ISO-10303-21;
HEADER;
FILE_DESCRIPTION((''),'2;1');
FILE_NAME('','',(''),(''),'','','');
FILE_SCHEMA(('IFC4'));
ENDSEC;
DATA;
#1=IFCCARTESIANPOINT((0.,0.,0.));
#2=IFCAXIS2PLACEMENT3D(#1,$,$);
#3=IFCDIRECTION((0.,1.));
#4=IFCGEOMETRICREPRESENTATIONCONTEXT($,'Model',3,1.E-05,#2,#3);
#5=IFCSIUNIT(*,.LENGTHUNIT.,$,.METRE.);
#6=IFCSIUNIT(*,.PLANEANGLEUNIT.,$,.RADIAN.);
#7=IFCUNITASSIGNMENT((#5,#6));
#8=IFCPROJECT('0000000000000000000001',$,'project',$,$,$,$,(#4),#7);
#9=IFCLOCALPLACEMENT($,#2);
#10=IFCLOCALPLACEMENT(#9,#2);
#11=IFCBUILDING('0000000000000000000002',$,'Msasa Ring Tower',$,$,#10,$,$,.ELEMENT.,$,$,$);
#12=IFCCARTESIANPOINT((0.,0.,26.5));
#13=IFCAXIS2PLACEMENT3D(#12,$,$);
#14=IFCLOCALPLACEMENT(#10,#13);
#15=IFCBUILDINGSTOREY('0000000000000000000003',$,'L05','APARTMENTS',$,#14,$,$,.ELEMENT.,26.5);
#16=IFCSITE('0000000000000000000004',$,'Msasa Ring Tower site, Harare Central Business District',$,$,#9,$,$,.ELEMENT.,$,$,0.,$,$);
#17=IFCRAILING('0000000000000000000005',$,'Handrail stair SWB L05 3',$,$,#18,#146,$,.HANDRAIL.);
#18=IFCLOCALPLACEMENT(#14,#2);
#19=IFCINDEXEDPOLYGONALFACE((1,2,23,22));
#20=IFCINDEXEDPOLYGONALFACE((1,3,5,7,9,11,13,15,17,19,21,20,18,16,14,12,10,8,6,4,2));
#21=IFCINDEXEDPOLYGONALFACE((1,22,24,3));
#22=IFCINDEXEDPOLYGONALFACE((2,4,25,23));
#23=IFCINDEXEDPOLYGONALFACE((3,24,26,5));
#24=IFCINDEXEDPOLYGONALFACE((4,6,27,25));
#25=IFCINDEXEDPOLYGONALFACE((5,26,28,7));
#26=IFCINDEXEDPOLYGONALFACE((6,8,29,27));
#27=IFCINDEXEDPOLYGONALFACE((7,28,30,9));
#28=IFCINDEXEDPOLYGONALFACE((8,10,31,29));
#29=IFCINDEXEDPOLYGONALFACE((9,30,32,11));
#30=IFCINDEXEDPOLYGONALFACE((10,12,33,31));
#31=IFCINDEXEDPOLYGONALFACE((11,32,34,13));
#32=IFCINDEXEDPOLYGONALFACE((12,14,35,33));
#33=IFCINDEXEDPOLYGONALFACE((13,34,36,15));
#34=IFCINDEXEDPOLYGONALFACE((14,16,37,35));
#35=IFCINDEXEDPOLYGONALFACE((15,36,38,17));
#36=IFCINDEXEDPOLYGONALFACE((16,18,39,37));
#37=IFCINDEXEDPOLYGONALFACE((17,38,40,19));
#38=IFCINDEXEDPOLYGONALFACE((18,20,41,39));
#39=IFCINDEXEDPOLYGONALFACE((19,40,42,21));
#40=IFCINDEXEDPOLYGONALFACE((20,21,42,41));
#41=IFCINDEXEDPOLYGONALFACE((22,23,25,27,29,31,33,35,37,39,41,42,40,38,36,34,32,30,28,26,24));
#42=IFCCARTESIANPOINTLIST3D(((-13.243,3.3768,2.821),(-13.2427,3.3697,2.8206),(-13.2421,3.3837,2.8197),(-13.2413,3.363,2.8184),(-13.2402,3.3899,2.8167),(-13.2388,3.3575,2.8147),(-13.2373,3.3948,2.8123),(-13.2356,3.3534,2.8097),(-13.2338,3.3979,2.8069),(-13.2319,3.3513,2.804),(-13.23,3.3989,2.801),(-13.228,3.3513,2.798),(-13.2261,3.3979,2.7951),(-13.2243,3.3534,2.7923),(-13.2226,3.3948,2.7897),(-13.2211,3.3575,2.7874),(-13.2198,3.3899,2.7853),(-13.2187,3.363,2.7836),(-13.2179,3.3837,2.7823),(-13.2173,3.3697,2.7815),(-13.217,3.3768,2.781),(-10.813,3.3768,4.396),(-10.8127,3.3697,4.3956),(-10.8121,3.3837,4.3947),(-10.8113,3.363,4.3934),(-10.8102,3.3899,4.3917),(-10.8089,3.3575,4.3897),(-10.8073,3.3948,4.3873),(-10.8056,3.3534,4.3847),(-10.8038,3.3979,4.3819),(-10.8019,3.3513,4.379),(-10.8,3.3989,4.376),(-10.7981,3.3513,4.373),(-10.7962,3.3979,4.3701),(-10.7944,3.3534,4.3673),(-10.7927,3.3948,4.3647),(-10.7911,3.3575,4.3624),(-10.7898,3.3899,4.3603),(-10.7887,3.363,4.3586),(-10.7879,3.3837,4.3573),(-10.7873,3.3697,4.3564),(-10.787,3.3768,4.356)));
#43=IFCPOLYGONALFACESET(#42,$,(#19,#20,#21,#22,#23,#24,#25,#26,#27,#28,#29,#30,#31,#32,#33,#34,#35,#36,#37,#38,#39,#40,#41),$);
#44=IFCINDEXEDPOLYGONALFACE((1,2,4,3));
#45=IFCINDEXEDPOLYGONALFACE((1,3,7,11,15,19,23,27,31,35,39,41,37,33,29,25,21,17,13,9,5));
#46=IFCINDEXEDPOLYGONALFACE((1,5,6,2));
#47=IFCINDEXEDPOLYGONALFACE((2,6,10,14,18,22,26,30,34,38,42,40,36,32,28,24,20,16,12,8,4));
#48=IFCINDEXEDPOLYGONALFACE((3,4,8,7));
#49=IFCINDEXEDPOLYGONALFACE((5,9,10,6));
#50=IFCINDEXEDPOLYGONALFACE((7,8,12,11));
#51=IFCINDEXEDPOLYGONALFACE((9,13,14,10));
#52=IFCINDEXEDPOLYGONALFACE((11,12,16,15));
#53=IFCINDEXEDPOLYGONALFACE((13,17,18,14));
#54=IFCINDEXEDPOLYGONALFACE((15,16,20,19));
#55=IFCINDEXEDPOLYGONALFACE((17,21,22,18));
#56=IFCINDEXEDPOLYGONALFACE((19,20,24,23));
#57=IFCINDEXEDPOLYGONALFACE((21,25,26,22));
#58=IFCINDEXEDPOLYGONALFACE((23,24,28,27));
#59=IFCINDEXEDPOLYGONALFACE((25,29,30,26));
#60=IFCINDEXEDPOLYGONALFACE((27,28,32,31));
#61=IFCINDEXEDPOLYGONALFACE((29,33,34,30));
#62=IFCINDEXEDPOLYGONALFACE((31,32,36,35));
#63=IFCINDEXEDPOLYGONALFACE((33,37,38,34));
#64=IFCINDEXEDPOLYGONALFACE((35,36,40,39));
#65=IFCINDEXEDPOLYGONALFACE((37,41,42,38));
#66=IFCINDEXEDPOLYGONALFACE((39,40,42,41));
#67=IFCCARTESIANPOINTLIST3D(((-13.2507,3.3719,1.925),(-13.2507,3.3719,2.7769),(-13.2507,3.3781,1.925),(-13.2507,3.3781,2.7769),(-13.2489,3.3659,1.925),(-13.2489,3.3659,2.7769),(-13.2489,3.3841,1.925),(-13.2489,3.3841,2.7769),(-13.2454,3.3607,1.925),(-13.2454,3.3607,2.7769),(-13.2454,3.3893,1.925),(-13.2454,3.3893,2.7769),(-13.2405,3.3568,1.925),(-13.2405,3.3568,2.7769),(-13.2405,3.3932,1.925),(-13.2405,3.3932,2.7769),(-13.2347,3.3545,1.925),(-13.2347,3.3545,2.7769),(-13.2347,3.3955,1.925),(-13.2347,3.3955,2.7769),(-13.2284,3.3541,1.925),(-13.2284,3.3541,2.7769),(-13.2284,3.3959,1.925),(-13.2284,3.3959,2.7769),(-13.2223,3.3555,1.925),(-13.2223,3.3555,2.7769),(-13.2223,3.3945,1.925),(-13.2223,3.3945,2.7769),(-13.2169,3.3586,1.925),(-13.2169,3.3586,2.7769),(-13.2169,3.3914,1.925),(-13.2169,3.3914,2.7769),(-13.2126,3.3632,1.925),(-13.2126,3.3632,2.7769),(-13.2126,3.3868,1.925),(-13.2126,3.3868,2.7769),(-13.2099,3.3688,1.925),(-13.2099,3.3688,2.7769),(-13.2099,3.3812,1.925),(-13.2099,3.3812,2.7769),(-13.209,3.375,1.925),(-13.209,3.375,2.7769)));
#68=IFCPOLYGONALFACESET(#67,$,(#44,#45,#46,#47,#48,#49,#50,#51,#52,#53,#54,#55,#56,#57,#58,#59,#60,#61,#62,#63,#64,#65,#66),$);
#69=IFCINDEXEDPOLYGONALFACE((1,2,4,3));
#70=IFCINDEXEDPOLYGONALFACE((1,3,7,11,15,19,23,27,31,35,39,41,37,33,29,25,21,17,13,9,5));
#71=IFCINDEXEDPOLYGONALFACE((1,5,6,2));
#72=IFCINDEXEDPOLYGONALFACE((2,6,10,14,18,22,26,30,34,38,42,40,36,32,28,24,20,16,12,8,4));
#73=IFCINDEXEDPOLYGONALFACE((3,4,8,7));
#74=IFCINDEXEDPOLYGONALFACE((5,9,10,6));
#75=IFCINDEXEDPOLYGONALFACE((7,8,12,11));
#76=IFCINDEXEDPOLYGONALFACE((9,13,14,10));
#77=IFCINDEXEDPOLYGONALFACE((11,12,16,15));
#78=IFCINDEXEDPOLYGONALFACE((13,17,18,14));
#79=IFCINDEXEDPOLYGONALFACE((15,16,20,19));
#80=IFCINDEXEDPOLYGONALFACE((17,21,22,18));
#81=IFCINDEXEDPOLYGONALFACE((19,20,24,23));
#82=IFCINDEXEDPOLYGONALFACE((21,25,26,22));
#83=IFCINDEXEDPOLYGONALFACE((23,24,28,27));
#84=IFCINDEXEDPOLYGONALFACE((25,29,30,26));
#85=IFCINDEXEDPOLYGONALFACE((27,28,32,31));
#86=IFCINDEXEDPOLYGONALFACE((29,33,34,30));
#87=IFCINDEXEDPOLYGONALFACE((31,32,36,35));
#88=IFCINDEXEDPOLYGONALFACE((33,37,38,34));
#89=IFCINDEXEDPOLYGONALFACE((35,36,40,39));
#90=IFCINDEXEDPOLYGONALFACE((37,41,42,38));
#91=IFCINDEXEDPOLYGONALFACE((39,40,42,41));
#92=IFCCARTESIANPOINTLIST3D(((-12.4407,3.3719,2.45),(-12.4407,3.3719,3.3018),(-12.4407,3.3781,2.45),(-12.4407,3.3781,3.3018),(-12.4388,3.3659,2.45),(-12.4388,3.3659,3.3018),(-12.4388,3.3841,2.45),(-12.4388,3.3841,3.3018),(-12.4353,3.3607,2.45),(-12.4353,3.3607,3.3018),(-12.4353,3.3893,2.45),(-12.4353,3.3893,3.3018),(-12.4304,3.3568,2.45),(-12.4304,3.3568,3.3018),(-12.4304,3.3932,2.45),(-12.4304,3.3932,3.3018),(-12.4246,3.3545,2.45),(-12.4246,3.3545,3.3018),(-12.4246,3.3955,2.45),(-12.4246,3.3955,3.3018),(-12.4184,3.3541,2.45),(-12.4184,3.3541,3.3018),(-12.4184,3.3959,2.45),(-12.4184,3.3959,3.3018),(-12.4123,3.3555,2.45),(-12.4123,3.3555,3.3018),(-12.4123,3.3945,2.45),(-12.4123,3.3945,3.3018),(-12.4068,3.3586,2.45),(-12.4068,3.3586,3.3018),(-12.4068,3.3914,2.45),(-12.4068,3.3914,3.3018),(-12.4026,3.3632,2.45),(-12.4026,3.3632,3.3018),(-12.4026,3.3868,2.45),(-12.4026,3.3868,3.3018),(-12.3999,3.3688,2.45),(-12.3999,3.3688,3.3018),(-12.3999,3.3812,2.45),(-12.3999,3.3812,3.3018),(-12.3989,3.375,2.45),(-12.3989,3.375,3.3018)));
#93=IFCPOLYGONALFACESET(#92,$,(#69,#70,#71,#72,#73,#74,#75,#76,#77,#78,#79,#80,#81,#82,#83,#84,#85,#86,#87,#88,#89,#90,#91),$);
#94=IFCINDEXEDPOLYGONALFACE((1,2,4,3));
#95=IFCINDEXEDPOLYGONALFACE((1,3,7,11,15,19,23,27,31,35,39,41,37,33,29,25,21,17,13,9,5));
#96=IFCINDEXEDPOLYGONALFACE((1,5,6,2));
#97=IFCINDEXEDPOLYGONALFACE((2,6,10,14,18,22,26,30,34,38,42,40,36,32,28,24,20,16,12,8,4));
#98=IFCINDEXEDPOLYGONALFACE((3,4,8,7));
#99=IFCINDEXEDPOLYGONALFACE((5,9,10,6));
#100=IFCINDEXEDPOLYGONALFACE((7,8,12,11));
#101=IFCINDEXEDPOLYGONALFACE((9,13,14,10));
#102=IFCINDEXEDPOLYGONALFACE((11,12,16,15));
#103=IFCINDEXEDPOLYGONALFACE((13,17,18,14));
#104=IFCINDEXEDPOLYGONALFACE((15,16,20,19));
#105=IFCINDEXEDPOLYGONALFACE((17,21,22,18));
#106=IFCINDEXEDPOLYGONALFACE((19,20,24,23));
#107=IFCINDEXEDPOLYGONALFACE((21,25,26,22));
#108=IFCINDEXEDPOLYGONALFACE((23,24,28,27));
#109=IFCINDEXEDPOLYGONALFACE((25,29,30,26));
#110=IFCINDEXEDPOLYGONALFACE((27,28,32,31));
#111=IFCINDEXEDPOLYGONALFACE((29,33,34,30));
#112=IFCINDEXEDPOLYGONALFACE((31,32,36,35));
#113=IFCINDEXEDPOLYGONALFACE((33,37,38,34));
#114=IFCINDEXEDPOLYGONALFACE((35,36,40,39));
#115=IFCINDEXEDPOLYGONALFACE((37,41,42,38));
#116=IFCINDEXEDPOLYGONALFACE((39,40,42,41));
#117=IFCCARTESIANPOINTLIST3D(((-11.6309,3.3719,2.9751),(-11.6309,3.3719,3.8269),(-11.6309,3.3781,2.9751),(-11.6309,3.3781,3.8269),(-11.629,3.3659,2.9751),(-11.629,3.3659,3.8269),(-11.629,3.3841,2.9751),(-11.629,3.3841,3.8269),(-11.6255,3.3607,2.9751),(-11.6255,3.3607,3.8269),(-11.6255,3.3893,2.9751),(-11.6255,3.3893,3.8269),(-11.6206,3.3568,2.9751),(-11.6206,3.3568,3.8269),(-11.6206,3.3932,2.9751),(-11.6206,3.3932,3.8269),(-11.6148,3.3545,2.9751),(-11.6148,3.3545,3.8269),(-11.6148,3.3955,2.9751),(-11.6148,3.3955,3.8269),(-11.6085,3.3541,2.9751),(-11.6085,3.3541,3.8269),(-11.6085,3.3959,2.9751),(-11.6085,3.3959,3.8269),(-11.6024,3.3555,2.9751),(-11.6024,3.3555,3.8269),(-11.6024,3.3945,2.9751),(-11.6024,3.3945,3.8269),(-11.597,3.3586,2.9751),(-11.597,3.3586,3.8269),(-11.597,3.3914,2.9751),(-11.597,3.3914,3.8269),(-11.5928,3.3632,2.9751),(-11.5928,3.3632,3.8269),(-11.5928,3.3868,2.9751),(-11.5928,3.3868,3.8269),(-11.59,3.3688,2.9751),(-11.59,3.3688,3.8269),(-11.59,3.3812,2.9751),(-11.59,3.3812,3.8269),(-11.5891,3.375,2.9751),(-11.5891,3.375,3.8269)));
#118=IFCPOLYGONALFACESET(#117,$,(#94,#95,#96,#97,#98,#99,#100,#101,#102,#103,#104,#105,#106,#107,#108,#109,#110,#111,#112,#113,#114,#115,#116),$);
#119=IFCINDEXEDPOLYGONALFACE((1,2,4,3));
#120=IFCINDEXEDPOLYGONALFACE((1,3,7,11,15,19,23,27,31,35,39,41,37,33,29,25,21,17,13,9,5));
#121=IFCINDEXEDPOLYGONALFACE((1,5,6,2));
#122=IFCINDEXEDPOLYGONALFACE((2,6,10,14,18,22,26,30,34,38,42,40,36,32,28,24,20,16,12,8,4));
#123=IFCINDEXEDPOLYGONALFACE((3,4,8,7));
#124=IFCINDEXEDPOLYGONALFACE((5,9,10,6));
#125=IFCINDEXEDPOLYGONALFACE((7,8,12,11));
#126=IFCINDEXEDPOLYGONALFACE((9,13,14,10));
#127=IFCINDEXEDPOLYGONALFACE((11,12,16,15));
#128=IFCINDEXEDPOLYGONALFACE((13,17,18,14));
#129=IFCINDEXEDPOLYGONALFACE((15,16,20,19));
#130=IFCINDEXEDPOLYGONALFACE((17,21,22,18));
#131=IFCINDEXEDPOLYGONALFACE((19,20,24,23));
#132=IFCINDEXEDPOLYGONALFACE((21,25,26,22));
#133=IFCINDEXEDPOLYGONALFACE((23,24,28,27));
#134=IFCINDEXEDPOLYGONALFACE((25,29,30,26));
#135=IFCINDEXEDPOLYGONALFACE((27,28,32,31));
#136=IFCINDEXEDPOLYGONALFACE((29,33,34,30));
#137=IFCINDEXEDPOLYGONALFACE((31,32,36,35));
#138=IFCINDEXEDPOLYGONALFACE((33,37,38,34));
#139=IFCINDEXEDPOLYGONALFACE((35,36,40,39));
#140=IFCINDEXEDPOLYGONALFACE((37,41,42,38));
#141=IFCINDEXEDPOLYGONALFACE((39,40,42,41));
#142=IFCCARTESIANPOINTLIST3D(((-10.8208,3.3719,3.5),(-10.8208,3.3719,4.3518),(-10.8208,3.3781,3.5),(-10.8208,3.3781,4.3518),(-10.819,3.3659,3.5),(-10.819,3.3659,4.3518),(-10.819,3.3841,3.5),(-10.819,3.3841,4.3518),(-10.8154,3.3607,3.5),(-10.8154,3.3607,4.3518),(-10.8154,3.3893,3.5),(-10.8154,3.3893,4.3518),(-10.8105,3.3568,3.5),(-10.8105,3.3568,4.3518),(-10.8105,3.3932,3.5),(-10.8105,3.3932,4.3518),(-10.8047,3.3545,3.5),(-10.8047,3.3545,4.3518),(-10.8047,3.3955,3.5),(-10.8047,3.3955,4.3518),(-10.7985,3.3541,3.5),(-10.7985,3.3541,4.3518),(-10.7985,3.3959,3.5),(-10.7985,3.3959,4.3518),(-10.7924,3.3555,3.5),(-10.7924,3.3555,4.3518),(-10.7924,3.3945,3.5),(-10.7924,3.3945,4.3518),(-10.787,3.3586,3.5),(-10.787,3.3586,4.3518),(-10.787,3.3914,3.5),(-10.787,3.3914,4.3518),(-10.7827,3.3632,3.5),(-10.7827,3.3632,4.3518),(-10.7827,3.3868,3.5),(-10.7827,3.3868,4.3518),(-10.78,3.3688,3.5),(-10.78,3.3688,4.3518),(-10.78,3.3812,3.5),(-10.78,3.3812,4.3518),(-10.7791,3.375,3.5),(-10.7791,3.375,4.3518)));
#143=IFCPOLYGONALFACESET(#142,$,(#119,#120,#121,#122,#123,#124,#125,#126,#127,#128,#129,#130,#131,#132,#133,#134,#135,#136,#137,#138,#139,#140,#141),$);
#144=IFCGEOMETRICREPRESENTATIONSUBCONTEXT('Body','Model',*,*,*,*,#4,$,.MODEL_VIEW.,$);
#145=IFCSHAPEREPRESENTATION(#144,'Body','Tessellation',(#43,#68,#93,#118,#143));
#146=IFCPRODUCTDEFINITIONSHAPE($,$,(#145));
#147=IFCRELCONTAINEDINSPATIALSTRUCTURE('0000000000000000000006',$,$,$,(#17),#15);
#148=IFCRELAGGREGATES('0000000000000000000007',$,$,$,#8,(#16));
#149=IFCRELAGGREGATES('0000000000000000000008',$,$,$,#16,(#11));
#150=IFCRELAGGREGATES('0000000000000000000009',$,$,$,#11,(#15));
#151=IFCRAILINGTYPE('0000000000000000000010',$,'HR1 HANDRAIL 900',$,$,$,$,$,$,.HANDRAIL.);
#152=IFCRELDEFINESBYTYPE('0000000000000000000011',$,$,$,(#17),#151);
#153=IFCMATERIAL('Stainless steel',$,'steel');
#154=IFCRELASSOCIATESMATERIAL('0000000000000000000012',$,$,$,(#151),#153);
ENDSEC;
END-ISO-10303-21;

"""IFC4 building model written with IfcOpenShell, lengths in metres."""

from ifc_helpers import new_model, si_unit, direction, frame, origin, origin_2d, place, context, subcontext, project, spatial, circle, extrude, material, type_object, element, save


model = new_model("IFC4")

# Units and contexts
model_context = context("Model", 3, precision=1e-05, world=origin(), true_north=direction((0.0, 1.0)))
body_context = subcontext(model_context, "Body", "Model", "MODEL_VIEW")
ifc_project = project(units=[si_unit("LENGTHUNIT", "METRE"), si_unit("PLANEANGLEUNIT", "RADIAN")], contexts=[model_context])

# Site, building, storey
site_placement = place(None, origin())
site = spatial("IfcSite", under=ifc_project, at=site_placement, Name="Msasa Ring Tower site, Harare Central Business District", CompositionType="ELEMENT", RefElevation=0.0)
building_placement = place(site_placement, origin())
building = spatial("IfcBuilding", under=site, at=building_placement, Name="Msasa Ring Tower", CompositionType="ELEMENT")
storey_placement = place(building_placement, frame((0.0, 0.0, 26.5)))
storey = spatial("IfcBuildingStorey", under=building, at=storey_placement, Name="L05", Description="APARTMENTS", CompositionType="ELEMENT", Elevation=26.5)

# Railing
ifc_material_1 = material(Name="Stainless steel", Category="steel")
railing_type = type_object("IfcRailingType", Name="HR1 HANDRAIL 900", PredefinedType="HANDRAIL", material=ifc_material_1)
railing_placement = place(storey_placement, frame((-13.23, 3.375, 1.925)))
element("IfcRailing", 1, at=railing_placement, inside=storey, type_object=railing_type, Name="Handrail stair SWB L05 3", PredefinedType="HANDRAIL", context=body_context, shape_type="SweptSolid", body=[
    extrude(circle(Radius=0.0239, at=origin_2d()), frame((0.0, 0.0, 0.876), z_axis=(0.839154, 0.0, 0.543894), x_axis=(0.0, 1.0, 0.0)), (0.0, 0.0, 1.0), 2.8958),
    extrude(circle(Radius=0.021, at=origin_2d()), origin(), (0.0, 0.0, 1.0), 0.8518),
    extrude(circle(Radius=0.021, at=origin_2d()), frame((0.8101, 0.0, 0.5249)), (0.0, 0.0, 1.0), 0.8518),
    extrude(circle(Radius=0.021, at=origin_2d()), frame((1.6199, 0.0, 1.05)), (0.0, 0.0, 1.0), 0.8518),
    extrude(circle(Radius=0.021, at=origin_2d()), frame((2.4299, 0.0, 1.575)), (0.0, 0.0, 1.0), 0.8518),
])

save(model, "model.ifc")
